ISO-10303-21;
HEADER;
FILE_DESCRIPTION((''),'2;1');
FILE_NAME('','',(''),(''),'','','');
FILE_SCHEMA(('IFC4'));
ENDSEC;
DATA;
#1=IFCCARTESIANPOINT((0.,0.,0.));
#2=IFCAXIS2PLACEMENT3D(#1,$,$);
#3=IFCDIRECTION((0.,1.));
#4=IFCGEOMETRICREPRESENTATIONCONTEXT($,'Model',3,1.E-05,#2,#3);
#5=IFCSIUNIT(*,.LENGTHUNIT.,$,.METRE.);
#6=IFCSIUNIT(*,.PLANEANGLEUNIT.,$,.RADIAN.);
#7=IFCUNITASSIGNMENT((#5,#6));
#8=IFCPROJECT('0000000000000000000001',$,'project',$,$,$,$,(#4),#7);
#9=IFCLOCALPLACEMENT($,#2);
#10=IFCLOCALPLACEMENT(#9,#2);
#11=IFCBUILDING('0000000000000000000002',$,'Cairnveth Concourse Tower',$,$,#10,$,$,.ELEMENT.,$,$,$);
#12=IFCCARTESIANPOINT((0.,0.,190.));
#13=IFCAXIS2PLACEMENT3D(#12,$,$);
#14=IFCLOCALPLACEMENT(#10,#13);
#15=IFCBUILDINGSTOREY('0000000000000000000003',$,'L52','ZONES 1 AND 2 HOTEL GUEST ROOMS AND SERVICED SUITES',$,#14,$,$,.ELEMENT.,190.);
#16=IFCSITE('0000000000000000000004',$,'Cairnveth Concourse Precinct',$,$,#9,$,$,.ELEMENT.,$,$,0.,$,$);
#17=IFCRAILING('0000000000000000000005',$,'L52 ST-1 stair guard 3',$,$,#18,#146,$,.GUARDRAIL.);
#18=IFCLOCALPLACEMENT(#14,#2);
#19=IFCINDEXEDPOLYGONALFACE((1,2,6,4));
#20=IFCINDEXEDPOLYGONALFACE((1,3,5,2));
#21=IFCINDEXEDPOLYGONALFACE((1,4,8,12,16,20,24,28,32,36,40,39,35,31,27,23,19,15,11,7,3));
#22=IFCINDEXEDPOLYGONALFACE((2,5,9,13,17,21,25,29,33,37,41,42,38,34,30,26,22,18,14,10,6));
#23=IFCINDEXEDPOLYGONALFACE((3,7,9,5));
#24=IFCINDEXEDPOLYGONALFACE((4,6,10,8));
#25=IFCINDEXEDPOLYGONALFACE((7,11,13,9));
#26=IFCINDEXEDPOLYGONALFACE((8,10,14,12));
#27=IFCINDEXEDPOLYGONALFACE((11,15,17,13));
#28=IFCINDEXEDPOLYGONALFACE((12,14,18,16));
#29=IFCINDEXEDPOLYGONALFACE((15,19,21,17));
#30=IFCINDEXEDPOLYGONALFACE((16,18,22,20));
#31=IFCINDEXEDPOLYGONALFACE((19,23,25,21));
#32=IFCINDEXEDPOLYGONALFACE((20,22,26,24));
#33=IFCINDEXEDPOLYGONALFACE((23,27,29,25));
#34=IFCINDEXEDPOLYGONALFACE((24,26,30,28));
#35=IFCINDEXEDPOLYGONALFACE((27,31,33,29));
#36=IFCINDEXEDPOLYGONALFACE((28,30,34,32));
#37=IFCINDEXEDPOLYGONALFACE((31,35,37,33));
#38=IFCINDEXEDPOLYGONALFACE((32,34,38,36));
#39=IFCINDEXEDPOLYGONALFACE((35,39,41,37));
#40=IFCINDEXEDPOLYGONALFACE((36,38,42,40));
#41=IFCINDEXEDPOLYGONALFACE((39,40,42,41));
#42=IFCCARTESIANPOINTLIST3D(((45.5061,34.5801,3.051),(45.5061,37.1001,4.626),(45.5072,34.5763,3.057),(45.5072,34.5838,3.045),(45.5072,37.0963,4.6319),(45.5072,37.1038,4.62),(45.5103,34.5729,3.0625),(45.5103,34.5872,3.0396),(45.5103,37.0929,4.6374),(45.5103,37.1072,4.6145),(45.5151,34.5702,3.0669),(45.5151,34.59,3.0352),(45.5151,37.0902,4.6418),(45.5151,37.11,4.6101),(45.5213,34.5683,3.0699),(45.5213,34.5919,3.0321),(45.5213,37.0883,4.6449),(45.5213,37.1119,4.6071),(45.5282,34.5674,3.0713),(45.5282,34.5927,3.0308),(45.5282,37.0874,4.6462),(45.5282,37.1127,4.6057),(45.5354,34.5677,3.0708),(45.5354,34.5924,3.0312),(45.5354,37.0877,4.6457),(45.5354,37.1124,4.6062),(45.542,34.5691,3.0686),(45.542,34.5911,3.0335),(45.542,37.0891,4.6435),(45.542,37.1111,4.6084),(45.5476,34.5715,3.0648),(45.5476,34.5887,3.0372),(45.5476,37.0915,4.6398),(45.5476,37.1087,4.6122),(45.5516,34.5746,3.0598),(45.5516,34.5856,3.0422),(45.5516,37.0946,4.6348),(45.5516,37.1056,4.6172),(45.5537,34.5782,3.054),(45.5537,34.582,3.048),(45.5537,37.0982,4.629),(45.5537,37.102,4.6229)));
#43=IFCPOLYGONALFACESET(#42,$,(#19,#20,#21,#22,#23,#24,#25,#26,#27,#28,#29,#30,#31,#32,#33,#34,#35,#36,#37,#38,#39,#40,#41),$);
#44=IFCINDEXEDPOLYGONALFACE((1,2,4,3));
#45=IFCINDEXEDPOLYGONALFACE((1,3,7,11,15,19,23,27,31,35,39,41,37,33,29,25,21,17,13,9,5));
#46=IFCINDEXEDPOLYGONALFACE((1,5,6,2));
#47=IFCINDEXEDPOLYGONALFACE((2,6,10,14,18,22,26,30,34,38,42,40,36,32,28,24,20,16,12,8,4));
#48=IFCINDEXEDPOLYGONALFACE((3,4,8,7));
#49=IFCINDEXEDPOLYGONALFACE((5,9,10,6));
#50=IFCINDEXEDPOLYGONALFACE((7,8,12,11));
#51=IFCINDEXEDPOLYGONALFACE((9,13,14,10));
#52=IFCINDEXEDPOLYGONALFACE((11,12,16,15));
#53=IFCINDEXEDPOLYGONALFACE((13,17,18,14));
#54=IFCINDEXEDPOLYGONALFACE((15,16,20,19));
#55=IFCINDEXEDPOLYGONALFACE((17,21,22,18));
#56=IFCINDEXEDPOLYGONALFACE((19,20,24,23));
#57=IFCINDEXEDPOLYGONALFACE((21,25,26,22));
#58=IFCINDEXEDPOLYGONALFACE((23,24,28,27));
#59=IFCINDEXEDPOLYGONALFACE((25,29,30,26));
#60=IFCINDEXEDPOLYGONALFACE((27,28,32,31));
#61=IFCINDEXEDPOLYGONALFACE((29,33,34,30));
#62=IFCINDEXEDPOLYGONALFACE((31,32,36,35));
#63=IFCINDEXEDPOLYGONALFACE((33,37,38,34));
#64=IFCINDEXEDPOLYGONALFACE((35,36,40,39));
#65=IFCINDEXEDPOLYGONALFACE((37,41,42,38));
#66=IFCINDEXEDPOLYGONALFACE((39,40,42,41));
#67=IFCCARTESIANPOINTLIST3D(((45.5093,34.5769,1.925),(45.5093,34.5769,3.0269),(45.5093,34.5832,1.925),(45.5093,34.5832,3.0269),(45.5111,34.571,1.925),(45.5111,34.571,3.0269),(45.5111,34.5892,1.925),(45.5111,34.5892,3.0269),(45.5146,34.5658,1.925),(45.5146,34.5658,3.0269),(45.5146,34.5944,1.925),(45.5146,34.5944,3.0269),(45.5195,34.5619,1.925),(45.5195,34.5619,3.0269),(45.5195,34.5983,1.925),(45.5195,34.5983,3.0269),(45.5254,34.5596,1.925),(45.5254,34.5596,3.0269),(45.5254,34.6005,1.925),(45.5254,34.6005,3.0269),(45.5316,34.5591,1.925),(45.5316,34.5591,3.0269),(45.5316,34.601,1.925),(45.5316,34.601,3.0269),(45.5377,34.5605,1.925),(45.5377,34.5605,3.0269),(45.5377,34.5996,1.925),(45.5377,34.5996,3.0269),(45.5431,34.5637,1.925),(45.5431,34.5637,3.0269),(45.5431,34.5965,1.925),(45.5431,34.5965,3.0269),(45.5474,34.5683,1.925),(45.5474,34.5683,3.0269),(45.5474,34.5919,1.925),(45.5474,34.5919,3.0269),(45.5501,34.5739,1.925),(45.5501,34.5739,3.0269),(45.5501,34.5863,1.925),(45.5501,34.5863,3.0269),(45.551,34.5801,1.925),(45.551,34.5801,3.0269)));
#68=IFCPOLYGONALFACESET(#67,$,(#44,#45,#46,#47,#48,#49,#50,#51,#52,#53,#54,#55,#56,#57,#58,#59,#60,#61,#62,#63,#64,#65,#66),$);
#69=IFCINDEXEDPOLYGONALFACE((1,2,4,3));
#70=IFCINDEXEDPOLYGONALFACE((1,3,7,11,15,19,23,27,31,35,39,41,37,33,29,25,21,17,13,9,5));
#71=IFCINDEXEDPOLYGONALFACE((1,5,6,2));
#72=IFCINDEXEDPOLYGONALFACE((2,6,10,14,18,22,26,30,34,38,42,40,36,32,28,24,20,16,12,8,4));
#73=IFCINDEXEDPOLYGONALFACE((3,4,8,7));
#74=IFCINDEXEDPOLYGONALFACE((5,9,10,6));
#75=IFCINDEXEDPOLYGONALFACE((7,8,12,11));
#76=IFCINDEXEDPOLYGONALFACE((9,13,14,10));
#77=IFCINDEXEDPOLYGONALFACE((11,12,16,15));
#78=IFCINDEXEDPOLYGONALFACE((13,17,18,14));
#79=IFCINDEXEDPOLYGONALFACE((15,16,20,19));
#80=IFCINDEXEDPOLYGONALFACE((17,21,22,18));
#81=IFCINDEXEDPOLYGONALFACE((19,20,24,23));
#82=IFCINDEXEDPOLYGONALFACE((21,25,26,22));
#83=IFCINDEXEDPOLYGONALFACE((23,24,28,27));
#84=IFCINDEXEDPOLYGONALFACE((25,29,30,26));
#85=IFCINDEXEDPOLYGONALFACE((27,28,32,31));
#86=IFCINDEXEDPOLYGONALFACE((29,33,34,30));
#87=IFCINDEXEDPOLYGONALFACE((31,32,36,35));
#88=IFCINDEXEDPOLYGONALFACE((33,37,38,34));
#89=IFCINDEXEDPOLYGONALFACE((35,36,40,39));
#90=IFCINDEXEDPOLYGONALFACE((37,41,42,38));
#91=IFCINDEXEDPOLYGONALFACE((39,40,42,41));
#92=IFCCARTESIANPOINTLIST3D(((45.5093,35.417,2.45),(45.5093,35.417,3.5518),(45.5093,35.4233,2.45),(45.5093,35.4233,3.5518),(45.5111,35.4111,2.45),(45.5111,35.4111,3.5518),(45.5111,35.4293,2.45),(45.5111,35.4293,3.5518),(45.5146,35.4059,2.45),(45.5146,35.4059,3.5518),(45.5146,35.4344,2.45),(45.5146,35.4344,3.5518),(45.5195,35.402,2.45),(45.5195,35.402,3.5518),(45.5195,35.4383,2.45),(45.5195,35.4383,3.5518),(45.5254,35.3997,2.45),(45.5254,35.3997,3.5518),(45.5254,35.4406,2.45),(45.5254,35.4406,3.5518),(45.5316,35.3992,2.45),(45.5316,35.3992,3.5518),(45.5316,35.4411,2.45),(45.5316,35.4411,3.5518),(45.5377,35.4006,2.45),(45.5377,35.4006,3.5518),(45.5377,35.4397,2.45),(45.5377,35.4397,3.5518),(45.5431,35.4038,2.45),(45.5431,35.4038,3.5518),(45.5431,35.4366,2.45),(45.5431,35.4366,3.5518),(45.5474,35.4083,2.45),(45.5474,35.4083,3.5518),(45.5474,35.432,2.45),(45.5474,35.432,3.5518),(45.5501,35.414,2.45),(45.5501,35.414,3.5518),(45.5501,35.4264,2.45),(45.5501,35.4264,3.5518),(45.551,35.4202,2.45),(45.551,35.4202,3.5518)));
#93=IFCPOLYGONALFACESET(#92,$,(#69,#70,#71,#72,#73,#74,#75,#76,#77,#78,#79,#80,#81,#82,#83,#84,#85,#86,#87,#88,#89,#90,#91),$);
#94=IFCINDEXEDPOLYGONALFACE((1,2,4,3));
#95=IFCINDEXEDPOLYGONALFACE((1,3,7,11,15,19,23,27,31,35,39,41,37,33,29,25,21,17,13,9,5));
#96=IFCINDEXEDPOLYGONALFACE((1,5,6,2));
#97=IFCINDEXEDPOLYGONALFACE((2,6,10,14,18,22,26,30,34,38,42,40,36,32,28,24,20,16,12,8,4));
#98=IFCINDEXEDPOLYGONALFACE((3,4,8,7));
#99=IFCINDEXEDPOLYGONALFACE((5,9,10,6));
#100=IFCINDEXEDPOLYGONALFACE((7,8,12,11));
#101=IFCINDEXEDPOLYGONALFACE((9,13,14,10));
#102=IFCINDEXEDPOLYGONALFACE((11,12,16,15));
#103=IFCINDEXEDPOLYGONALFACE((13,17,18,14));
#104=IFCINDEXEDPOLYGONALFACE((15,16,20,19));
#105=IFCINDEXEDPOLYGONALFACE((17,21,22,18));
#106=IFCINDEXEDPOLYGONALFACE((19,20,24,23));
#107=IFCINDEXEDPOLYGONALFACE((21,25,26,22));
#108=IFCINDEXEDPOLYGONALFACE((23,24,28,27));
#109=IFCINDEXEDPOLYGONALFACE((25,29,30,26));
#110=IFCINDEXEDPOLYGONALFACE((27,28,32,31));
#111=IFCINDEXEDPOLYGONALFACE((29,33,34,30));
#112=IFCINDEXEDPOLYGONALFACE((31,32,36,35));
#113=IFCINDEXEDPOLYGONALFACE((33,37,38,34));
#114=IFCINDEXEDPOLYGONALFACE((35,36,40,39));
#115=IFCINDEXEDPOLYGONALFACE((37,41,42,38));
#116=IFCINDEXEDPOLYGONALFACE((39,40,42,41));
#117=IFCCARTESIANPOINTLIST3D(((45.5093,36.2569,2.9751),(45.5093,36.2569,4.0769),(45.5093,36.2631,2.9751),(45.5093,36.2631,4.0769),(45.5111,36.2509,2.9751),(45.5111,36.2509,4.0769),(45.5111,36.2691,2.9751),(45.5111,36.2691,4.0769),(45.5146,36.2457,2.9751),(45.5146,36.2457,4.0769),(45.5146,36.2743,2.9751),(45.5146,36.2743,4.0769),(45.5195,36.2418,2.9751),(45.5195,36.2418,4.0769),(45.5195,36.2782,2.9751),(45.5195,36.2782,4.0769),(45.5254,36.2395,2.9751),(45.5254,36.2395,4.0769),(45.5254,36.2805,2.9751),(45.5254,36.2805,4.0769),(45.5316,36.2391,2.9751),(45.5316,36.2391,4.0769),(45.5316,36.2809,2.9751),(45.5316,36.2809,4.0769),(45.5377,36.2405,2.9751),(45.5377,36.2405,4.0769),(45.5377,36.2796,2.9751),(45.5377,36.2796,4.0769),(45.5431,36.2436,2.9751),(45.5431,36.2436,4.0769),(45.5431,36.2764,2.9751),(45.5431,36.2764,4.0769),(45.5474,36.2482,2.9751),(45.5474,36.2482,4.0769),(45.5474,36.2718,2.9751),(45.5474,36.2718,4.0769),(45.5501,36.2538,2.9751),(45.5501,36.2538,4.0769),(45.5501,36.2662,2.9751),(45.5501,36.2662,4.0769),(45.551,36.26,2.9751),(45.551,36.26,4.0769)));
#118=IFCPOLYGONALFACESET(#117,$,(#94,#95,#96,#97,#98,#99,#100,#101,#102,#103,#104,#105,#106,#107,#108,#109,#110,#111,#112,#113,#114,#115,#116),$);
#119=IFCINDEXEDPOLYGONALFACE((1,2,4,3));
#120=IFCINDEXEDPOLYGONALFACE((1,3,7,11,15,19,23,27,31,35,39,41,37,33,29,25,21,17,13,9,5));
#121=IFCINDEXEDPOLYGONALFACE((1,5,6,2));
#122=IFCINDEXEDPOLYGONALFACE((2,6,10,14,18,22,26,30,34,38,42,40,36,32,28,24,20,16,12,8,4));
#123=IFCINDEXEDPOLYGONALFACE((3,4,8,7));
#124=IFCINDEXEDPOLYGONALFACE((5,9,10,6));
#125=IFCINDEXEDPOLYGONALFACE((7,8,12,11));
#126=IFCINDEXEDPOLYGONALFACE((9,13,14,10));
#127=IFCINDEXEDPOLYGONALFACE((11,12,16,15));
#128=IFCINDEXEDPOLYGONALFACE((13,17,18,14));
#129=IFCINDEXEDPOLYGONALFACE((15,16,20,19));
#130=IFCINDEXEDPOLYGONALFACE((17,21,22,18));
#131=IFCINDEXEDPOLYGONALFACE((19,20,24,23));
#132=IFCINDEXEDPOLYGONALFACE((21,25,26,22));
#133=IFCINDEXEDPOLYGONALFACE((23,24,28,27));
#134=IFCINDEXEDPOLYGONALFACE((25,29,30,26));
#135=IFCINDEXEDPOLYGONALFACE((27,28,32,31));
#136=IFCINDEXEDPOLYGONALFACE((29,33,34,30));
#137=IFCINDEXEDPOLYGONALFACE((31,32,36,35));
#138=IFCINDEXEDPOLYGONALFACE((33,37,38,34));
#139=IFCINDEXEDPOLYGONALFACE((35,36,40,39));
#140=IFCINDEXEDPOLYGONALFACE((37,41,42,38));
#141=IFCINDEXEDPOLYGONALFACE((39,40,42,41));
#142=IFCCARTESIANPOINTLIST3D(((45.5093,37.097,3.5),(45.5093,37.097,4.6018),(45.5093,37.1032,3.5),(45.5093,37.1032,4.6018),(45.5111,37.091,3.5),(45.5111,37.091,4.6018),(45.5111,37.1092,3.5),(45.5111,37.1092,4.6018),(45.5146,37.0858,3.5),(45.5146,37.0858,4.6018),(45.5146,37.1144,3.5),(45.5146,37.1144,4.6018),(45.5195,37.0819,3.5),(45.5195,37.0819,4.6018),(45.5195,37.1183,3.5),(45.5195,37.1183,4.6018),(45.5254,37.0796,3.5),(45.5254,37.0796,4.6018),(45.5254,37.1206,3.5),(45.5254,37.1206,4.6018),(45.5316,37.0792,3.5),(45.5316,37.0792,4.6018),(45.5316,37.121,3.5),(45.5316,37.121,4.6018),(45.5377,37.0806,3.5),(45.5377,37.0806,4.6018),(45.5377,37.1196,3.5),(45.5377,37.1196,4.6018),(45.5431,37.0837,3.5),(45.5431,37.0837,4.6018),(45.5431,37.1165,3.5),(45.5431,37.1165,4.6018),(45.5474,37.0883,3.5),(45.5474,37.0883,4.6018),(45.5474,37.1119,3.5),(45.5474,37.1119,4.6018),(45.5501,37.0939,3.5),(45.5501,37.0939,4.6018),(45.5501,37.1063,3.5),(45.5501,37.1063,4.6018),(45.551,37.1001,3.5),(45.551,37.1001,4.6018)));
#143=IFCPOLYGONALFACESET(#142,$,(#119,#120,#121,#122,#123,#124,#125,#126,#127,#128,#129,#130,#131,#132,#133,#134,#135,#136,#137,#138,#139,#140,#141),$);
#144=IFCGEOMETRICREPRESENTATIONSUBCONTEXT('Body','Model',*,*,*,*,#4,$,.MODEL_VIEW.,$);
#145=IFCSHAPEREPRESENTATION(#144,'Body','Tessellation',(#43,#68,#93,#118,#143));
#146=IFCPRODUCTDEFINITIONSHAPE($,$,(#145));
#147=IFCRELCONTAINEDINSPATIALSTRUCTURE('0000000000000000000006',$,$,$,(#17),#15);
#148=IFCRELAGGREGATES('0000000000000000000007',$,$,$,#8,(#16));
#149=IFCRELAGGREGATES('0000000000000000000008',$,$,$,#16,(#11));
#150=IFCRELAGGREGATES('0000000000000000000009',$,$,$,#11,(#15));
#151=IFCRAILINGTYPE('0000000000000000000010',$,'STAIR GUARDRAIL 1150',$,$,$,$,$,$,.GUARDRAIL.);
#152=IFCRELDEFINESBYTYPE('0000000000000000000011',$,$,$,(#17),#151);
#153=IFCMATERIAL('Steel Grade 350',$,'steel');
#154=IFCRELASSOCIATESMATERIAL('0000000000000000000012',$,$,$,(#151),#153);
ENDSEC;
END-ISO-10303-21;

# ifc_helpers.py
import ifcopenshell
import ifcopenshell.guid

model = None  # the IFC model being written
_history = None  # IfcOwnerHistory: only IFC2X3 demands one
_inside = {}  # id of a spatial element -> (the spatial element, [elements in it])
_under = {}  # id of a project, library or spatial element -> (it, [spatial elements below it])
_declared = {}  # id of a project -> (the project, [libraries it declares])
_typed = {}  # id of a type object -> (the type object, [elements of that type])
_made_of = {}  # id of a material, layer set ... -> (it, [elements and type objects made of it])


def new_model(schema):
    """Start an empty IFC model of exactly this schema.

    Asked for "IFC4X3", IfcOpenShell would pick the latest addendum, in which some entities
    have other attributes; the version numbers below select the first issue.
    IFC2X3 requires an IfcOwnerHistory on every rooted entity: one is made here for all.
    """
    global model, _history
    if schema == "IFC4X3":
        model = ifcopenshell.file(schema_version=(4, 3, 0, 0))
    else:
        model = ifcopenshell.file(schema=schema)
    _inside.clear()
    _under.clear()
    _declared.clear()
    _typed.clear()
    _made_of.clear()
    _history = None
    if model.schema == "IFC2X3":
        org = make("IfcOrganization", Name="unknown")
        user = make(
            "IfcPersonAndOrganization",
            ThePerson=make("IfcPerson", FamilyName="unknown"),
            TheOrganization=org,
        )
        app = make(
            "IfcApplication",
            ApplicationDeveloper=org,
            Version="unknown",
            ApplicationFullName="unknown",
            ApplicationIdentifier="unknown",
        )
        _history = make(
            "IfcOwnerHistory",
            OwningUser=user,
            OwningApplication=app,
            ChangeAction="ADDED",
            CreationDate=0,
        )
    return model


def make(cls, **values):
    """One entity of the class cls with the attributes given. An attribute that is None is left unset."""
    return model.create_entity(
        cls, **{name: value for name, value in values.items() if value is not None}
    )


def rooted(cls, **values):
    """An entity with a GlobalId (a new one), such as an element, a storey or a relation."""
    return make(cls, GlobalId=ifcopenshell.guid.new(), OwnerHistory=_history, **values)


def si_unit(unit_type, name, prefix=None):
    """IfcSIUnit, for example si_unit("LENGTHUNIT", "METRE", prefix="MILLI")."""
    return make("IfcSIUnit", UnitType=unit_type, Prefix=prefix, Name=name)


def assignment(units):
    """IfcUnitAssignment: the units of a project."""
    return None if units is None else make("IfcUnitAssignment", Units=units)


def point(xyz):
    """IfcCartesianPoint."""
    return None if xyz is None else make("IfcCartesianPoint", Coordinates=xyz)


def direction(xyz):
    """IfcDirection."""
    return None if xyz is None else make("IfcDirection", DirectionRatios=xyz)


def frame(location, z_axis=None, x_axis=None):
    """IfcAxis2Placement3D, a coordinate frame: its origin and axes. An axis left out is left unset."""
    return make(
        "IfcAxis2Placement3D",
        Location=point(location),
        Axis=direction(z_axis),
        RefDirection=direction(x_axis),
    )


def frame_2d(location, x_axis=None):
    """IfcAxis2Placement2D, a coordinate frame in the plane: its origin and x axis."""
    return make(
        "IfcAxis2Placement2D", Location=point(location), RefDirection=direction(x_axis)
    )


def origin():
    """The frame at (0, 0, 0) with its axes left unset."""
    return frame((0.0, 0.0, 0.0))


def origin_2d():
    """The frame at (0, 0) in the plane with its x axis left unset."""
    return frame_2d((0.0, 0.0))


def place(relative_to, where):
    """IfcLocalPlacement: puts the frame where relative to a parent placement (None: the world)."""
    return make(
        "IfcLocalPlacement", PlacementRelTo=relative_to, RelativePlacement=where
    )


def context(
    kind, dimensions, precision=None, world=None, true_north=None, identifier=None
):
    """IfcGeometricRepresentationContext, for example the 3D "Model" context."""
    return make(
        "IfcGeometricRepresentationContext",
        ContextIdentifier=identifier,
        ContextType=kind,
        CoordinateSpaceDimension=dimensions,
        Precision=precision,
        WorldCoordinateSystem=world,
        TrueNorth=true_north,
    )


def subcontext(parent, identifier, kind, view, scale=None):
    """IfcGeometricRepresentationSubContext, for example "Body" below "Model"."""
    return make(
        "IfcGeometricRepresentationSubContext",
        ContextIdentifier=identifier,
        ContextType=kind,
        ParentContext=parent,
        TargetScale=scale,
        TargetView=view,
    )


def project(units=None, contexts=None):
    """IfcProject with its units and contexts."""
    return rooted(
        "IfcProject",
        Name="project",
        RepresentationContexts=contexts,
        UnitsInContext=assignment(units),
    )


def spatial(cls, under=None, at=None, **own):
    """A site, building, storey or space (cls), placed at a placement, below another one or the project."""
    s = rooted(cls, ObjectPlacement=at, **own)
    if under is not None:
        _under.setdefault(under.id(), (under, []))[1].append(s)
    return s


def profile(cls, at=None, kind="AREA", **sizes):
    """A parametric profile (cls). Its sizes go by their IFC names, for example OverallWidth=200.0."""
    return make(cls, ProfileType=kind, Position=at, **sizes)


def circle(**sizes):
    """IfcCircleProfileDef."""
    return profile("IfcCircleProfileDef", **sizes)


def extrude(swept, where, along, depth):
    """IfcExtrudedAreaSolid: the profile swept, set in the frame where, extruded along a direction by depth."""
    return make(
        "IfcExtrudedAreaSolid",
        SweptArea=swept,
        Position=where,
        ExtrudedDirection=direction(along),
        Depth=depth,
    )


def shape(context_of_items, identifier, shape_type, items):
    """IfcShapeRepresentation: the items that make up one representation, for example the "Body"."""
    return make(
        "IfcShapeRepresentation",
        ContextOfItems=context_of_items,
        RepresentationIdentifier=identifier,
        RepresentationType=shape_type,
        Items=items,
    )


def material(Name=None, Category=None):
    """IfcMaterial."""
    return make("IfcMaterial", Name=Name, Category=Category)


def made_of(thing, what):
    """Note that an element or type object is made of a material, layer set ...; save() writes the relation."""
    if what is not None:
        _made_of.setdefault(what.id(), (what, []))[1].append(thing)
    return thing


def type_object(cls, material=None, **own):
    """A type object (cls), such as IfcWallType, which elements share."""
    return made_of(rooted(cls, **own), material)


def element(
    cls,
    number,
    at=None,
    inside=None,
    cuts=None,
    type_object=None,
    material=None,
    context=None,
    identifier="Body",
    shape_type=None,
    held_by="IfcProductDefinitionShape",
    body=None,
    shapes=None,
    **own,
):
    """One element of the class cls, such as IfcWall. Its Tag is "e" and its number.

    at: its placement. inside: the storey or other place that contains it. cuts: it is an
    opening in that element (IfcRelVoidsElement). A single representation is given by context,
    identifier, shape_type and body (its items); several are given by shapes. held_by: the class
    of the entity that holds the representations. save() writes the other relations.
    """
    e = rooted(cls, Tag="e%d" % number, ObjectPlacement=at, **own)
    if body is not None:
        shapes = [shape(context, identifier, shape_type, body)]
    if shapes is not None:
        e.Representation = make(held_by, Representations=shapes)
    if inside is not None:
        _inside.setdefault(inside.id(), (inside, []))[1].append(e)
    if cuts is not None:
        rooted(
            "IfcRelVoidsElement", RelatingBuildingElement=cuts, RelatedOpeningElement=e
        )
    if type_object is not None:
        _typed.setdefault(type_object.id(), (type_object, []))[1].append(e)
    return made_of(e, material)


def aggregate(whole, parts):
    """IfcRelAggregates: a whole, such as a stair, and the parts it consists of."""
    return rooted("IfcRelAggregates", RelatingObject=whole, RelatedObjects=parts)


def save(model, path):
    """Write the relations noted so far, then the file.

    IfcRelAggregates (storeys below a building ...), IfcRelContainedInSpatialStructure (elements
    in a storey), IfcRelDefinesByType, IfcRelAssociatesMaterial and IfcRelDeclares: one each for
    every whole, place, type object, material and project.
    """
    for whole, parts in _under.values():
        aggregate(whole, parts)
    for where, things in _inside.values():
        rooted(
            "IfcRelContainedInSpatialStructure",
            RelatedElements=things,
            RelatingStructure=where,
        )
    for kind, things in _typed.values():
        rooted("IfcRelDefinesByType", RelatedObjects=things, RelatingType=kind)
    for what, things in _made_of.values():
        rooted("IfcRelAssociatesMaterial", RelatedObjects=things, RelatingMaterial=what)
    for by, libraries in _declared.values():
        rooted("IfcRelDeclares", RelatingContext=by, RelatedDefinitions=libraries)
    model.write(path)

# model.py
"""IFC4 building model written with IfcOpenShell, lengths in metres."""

from ifc_helpers import new_model, si_unit, direction, frame, origin, origin_2d, place, context, subcontext, project, spatial, circle, extrude, material, type_object, element, save


model = new_model("IFC4")

# Units and contexts
model_context = context("Model", 3, precision=1e-05, world=origin(), true_north=direction((0.0, 1.0)))
body_context = subcontext(model_context, "Body", "Model", "MODEL_VIEW")
ifc_project = project(units=[si_unit("LENGTHUNIT", "METRE"), si_unit("PLANEANGLEUNIT", "RADIAN")], contexts=[model_context])

# Site, building, storey
site_placement = place(None, origin())
site = spatial("IfcSite", under=ifc_project, at=site_placement, Name="Cairnveth Concourse Precinct", CompositionType="ELEMENT", RefElevation=0.0)
building_placement = place(site_placement, origin())
building = spatial("IfcBuilding", under=site, at=building_placement, Name="Cairnveth Concourse Tower", CompositionType="ELEMENT")
storey_placement = place(building_placement, frame((0.0, 0.0, 190.0)))
storey = spatial("IfcBuildingStorey", under=building, at=storey_placement, Name="L52", Description="ZONES 1 AND 2 HOTEL GUEST ROOMS AND SERVICED SUITES", CompositionType="ELEMENT", Elevation=190.0)

# Shared definitions
ifc_material_1 = material(Name="Steel Grade 350", Category="steel")

# Railing
railing_type = type_object("IfcRailingType", Name="STAIR GUARDRAIL 1150", PredefinedType="GUARDRAIL", material=ifc_material_1)
railing_1_placement = place(storey_placement, frame((45.53, 34.5801, 1.925)))
element("IfcRailing", 1, at=railing_1_placement, inside=storey, type_object=railing_type, Name="L52 ST-1 stair guard 3", PredefinedType="GUARDRAIL", context=body_context, shape_type="SweptSolid", body=[
    extrude(circle(Radius=0.0239, at=origin_2d()), frame((0.0, 0.0, 1.126), z_axis=(0.0, 0.848008, 0.529984), x_axis=(-1.0, 0.0, 0.0)), (0.0, 0.0, 1.0), 2.9717),
    extrude(circle(Radius=0.021, at=origin_2d()), origin(), (0.0, 0.0, 1.0), 1.1018),
    extrude(circle(Radius=0.021, at=origin_2d()), frame((0.0, 0.8401, 0.5249)), (0.0, 0.0, 1.0), 1.1018),
    extrude(circle(Radius=0.021, at=origin_2d()), frame((0.0, 1.6799, 1.05)), (0.0, 0.0, 1.0), 1.1018),
    extrude(circle(Radius=0.021, at=origin_2d()), frame((0.0, 2.52, 1.575)), (0.0, 0.0, 1.0), 1.1018),
])

save(model, "model.ifc")
